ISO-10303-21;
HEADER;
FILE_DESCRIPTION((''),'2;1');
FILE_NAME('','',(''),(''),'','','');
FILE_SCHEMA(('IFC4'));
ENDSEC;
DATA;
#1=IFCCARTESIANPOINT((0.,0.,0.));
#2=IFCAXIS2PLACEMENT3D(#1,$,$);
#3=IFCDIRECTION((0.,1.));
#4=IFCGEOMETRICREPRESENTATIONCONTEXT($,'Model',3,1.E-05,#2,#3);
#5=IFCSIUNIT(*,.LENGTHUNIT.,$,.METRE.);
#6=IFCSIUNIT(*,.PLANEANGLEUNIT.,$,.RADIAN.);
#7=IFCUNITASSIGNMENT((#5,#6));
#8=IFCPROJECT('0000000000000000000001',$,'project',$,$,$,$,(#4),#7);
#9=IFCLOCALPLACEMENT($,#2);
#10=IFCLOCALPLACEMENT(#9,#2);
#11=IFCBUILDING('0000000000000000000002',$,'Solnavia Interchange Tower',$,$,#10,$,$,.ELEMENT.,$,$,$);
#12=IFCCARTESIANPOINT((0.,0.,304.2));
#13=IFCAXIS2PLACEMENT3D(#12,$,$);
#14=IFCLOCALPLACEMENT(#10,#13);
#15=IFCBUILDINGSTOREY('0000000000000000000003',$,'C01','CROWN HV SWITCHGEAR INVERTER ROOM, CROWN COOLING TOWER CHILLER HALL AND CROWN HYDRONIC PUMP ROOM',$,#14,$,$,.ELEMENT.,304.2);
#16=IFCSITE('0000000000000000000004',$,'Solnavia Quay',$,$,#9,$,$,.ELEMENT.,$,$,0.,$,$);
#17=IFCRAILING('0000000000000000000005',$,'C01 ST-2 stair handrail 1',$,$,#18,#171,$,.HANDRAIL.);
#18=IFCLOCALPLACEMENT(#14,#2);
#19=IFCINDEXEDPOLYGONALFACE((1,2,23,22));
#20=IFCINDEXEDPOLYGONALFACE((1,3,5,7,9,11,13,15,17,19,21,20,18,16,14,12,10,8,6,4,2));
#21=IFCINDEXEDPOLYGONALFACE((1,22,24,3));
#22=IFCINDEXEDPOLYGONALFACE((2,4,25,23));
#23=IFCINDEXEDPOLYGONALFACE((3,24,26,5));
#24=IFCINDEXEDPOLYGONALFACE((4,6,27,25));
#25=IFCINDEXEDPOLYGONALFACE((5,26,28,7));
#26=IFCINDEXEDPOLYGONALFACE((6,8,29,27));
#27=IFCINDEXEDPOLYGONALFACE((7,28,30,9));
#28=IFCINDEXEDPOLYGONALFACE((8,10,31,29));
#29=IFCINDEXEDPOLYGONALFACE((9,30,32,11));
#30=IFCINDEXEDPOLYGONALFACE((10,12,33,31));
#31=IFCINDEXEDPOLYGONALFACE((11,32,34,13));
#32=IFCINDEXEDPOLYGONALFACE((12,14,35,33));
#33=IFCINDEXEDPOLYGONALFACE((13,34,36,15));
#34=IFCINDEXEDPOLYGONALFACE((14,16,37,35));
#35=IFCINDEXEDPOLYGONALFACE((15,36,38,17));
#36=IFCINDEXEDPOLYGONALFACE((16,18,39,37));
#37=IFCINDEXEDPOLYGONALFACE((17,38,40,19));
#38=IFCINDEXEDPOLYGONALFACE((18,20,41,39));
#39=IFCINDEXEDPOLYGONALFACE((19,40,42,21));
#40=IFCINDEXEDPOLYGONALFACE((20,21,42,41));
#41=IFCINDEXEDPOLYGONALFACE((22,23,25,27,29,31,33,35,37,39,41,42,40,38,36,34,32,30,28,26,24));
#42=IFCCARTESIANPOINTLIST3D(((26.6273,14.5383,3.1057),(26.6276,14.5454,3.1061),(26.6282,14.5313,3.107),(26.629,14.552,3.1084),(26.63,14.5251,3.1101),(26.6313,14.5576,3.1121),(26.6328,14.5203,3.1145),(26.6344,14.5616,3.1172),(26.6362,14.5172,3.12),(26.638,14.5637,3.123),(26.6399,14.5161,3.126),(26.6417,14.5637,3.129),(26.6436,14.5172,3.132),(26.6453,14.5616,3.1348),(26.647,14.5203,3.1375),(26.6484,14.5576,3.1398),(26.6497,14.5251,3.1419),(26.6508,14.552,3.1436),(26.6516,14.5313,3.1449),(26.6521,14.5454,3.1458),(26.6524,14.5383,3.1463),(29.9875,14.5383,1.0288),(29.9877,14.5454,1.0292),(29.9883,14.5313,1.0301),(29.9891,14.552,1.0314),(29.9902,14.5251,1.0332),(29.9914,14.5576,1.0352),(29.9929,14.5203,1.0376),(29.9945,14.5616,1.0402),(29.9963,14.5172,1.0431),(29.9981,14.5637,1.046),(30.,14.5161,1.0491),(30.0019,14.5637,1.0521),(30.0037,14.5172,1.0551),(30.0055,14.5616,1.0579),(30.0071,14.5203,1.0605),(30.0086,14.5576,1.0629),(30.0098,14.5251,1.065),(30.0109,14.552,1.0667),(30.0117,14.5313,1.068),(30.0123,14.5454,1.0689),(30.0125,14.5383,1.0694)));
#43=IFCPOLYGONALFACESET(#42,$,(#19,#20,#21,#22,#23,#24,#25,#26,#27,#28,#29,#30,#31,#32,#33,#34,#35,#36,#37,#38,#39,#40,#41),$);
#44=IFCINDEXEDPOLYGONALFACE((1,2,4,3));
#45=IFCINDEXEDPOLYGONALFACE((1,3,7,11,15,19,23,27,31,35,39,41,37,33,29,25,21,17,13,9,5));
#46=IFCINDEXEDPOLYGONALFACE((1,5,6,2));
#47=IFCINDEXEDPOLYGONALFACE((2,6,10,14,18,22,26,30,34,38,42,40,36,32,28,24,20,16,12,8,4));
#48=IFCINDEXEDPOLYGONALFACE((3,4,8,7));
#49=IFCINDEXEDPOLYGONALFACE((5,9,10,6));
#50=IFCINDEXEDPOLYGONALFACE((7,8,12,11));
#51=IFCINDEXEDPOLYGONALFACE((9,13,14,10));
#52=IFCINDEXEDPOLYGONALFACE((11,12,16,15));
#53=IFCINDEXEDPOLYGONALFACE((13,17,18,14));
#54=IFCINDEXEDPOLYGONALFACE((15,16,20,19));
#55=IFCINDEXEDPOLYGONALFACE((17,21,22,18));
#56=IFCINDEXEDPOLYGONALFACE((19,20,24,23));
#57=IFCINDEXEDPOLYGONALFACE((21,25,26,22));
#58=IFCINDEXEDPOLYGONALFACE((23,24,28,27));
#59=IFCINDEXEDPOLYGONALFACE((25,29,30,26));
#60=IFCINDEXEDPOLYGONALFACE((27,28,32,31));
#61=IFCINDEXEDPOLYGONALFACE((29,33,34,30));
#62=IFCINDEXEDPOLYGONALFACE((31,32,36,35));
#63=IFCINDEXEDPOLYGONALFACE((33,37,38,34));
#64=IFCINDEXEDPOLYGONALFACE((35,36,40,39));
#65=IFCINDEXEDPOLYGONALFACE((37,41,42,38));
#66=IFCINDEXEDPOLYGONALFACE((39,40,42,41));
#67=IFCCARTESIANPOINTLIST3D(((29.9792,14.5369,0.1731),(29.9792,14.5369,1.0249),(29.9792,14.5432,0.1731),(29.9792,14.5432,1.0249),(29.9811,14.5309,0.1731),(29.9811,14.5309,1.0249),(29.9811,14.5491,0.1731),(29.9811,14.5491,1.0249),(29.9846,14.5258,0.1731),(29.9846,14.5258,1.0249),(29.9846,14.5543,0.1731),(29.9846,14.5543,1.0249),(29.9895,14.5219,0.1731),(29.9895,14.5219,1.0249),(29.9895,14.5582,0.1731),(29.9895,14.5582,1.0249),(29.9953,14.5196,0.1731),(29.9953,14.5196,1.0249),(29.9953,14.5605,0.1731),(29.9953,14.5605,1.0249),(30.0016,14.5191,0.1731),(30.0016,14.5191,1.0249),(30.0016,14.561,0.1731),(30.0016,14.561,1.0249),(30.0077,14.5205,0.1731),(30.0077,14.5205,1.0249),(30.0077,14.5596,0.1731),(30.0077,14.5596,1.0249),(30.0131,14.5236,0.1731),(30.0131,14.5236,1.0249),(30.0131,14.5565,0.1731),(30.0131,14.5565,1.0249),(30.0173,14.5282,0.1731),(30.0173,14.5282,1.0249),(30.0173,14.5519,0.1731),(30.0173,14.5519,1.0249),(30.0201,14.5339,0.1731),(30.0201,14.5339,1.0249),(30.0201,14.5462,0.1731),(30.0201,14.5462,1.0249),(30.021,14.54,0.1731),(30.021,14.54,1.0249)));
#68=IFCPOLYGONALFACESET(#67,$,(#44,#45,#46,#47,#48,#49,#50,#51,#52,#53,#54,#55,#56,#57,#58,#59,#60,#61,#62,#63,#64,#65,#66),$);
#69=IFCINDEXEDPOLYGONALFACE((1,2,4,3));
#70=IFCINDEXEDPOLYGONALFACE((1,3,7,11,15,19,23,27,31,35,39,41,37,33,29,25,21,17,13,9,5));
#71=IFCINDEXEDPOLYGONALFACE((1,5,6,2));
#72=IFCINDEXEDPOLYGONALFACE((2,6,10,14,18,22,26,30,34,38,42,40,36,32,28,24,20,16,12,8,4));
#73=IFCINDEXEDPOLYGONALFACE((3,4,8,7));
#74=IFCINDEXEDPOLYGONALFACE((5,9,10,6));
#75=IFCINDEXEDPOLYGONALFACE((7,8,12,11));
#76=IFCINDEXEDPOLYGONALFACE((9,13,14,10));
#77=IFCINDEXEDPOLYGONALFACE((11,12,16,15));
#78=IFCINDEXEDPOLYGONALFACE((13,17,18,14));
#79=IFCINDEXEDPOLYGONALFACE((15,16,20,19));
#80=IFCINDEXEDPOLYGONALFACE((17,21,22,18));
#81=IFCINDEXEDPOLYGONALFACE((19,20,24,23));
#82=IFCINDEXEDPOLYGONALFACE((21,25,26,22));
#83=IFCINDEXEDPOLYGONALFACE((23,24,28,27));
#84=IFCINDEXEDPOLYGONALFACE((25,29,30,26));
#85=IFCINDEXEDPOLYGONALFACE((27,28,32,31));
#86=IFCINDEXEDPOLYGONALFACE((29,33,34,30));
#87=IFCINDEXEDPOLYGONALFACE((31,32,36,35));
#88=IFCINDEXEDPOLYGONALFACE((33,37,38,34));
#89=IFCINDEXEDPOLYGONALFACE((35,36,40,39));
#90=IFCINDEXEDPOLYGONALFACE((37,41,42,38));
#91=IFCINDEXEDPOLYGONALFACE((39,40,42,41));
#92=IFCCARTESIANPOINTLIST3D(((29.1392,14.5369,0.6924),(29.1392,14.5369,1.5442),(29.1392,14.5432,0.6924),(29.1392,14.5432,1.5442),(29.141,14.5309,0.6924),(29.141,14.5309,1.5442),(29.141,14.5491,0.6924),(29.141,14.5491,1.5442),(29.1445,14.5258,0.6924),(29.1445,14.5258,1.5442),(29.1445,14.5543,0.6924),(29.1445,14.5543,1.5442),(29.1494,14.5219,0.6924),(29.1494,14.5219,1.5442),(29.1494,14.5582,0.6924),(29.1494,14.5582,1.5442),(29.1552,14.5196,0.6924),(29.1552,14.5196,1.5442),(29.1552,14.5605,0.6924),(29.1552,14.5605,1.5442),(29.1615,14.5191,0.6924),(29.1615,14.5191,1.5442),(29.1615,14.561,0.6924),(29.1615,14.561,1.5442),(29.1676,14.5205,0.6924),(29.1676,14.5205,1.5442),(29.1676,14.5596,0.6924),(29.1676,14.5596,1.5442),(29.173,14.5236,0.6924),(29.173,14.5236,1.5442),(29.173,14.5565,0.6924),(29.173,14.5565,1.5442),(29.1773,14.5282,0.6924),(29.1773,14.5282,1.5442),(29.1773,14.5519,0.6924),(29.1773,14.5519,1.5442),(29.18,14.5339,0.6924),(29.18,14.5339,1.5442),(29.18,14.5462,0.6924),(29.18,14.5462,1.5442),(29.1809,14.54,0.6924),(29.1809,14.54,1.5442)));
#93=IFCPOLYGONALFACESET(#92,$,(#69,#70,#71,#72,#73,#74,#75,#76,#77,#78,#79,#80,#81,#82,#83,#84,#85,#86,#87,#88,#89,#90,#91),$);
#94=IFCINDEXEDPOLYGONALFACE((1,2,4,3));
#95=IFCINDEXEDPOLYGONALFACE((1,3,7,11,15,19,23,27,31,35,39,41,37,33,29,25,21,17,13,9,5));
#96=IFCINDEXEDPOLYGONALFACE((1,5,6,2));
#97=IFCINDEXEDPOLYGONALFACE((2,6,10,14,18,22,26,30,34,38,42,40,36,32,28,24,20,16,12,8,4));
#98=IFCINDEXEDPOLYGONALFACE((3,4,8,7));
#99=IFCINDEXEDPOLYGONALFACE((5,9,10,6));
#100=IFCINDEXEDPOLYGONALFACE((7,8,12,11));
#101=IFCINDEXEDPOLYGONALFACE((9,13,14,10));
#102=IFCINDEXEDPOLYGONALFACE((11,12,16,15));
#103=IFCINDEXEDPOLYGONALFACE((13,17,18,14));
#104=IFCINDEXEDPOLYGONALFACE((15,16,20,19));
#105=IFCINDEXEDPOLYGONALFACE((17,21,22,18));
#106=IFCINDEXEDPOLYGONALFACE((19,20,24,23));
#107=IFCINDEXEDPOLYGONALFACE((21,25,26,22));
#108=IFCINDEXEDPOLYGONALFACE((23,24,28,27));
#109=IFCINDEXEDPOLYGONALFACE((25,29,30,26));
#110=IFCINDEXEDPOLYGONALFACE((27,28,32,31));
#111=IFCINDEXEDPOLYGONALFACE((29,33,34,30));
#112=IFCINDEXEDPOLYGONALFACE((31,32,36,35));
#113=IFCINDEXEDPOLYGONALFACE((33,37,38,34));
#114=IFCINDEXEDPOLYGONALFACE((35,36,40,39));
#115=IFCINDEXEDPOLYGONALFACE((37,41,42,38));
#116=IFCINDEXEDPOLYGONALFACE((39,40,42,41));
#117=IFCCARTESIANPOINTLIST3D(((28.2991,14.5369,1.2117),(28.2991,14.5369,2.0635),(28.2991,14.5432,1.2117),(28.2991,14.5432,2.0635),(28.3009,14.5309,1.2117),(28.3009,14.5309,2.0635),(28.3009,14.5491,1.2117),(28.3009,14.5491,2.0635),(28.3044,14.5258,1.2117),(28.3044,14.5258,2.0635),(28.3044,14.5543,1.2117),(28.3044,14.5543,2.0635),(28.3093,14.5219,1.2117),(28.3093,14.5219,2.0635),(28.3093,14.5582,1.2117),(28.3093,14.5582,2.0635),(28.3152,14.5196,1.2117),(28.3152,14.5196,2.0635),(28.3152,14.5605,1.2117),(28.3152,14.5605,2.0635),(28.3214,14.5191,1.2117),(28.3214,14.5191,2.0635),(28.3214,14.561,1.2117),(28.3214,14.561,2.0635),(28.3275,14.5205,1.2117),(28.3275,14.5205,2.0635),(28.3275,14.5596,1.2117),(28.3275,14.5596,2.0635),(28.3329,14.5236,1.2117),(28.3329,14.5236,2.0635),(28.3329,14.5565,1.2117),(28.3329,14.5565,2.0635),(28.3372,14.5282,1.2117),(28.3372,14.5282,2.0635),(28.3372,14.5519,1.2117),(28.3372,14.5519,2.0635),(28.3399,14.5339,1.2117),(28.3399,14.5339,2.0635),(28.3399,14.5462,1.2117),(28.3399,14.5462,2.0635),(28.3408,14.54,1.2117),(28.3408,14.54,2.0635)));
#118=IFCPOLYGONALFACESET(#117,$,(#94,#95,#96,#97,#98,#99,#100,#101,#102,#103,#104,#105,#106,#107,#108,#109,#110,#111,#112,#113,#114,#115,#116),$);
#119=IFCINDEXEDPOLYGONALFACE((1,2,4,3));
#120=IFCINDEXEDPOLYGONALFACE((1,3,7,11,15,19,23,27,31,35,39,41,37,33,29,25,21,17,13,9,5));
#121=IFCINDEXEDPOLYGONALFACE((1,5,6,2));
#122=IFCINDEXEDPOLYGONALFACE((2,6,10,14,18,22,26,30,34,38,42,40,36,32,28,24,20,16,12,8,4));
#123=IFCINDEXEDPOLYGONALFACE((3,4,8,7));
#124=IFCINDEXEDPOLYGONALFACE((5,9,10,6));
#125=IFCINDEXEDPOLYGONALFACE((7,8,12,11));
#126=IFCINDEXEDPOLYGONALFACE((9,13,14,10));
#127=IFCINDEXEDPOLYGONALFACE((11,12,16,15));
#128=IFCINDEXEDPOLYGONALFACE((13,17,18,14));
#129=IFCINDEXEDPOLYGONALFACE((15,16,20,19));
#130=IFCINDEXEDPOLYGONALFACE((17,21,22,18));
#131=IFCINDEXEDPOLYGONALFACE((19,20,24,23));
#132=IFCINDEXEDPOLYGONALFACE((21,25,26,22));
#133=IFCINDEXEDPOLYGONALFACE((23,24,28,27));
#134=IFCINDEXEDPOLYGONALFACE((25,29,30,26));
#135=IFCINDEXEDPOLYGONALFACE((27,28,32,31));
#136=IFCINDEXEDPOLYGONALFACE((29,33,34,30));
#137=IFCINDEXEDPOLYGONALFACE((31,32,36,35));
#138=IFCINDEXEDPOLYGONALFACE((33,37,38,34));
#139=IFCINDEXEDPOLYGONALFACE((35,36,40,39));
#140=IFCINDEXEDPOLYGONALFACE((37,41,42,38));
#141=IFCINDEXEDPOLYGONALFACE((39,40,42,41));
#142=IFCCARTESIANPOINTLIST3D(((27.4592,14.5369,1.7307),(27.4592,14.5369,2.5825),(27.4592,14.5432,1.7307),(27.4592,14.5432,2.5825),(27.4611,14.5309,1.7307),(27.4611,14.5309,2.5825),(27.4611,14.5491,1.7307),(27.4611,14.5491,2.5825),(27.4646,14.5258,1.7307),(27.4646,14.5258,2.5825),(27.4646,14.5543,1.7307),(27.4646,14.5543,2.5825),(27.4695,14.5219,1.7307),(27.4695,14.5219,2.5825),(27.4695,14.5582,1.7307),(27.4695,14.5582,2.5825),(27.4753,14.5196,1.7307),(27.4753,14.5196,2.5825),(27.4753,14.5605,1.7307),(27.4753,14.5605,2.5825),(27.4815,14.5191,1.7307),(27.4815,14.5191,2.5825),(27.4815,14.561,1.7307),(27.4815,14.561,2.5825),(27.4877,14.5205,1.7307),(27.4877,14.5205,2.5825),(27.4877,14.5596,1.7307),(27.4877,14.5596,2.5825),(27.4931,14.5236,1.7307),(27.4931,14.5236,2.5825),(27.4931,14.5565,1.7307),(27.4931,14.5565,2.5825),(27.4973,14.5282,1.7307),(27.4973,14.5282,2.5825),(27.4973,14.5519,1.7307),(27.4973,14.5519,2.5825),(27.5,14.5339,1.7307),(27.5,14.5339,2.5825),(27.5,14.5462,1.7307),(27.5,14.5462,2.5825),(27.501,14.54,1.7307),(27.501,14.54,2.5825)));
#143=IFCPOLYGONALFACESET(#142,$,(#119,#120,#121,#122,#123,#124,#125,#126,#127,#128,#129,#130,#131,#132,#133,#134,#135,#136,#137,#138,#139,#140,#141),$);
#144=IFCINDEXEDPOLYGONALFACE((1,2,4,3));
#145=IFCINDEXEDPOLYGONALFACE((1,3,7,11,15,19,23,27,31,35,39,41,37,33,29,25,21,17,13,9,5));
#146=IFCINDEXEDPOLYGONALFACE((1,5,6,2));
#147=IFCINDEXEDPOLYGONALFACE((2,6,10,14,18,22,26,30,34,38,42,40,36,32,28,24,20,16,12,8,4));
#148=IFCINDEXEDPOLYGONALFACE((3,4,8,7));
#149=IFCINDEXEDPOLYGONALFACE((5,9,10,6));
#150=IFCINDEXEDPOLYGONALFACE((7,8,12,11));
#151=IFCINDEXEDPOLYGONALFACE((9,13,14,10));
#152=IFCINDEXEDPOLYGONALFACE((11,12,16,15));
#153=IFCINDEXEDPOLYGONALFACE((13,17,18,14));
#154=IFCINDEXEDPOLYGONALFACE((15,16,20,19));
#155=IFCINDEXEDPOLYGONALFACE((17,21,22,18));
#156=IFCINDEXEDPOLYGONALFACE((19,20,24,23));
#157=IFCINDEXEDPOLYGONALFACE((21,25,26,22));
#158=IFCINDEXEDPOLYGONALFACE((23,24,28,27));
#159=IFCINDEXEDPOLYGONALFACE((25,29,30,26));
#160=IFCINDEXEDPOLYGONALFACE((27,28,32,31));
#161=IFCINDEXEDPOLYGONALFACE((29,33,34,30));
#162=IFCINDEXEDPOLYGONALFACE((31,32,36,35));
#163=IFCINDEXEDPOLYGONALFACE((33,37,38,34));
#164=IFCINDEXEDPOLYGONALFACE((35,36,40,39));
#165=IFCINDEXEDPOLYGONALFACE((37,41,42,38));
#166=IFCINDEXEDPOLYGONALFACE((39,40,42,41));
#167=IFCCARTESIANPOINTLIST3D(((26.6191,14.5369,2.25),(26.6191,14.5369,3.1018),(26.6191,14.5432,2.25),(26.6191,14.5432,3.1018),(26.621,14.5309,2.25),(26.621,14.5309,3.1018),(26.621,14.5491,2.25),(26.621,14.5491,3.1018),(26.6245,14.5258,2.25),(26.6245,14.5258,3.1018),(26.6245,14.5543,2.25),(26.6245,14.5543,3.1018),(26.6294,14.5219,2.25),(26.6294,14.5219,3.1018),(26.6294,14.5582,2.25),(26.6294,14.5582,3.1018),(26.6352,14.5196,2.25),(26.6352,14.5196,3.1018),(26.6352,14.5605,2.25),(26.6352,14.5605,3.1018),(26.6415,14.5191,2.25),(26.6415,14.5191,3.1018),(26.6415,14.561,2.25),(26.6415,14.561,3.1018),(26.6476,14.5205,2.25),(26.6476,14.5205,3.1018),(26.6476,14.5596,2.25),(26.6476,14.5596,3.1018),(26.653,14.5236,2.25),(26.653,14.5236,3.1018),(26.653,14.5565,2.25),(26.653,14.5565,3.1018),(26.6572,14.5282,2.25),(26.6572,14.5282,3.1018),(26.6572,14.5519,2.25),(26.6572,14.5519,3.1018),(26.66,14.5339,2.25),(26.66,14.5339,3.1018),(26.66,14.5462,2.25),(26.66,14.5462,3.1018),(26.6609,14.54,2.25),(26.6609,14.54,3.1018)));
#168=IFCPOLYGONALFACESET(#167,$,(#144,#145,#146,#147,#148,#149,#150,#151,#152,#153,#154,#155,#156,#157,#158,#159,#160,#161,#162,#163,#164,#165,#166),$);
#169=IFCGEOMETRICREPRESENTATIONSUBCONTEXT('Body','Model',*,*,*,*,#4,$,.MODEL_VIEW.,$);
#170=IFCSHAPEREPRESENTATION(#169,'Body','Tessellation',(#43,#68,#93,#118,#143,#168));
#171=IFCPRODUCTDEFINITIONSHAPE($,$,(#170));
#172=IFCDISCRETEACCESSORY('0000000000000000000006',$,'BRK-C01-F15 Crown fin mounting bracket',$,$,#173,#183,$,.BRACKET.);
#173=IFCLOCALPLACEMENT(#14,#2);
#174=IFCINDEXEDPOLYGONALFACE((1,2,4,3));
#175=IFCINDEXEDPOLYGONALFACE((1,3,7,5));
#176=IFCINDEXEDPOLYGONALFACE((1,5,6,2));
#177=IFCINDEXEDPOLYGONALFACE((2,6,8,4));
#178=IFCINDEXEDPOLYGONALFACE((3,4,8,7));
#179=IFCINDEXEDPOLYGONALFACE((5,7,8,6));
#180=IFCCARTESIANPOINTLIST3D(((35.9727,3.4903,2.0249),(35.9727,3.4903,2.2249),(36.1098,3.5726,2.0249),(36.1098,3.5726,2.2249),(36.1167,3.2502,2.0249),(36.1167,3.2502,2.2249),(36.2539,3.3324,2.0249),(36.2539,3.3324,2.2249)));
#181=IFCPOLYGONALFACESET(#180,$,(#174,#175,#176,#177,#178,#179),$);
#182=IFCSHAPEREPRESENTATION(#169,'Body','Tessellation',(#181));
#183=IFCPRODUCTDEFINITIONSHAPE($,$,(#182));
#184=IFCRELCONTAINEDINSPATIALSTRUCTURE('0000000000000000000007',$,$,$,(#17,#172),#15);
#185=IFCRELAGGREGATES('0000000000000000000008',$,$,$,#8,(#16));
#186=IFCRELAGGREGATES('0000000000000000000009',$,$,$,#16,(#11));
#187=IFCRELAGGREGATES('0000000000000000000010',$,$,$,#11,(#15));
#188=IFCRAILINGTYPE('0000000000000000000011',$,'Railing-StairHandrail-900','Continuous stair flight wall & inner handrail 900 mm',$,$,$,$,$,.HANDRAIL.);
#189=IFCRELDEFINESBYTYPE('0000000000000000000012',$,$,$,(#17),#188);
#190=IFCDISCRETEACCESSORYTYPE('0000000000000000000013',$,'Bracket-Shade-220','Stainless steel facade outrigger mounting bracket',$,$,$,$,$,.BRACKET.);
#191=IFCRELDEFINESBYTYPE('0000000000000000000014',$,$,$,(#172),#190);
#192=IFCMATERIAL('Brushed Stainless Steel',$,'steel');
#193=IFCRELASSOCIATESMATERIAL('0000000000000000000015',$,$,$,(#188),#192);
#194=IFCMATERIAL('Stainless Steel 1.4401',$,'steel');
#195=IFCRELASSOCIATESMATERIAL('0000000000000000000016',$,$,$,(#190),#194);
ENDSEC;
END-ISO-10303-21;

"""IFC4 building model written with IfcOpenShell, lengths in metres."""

from ifc_helpers import new_model, si_unit, direction, frame, origin, origin_2d, place, context, subcontext, project, spatial, rectangle, circle, extrude, material, type_object, element, save


model = new_model("IFC4")

# Units and contexts
model_context = context("Model", 3, precision=1e-05, world=origin(), true_north=direction((0.0, 1.0)))
body_context = subcontext(model_context, "Body", "Model", "MODEL_VIEW")
ifc_project = project(units=[si_unit("LENGTHUNIT", "METRE"), si_unit("PLANEANGLEUNIT", "RADIAN")], contexts=[model_context])

# Site, building, storey
site_placement = place(None, origin())
site = spatial("IfcSite", under=ifc_project, at=site_placement, Name="Solnavia Quay", CompositionType="ELEMENT", RefElevation=0.0)
building_placement = place(site_placement, origin())
building = spatial("IfcBuilding", under=site, at=building_placement, Name="Solnavia Interchange Tower", CompositionType="ELEMENT")
storey_placement = place(building_placement, frame((0.0, 0.0, 304.2)))
storey = spatial("IfcBuildingStorey", under=building, at=storey_placement, Name="C01", Description="CROWN HV SWITCHGEAR INVERTER ROOM, CROWN COOLING TOWER CHILLER HALL AND CROWN HYDRONIC PUMP ROOM", CompositionType="ELEMENT", Elevation=304.2)

# Railing
ifc_material_1 = material(Name="Brushed Stainless Steel", Category="steel")
railing_type_1 = type_object("IfcRailingType", Name="Railing-StairHandrail-900", Description="Continuous stair flight wall & inner handrail 900 mm", PredefinedType="HANDRAIL", material=ifc_material_1)
railing_1_placement = place(storey_placement, frame((30.0, 14.54, 0.1731)))
element("IfcRailing", 1, at=railing_1_placement, inside=storey, type_object=railing_type_1, Name="C01 ST-2 stair handrail 1", PredefinedType="HANDRAIL", context=body_context, shape_type="SweptSolid", body=[
    extrude(circle(Radius=0.0239, at=origin_2d()), frame((0.0, 0.0, 0.876), z_axis=(-0.850623, 0.0, 0.525776), x_axis=(0.0, -1.0, 0.0)), (0.0, 0.0, 1.0), 3.9502),
    extrude(circle(Radius=0.021, at=origin_2d()), origin(), (0.0, 0.0, 1.0), 0.8518),
    extrude(circle(Radius=0.021, at=origin_2d()), frame((-0.8401, 0.0, 0.5193)), (0.0, 0.0, 1.0), 0.8518),
    extrude(circle(Radius=0.021, at=origin_2d()), frame((-1.6802, 0.0, 1.0386)), (0.0, 0.0, 1.0), 0.8518),
    extrude(circle(Radius=0.021, at=origin_2d()), frame((-2.52, 0.0, 1.5576)), (0.0, 0.0, 1.0), 0.8518),
    extrude(circle(Radius=0.021, at=origin_2d()), frame((-3.3601, 0.0, 2.0769)), (0.0, 0.0, 1.0), 0.8518),
])

# Discrete accessory
ifc_material_2 = material(Name="Stainless Steel 1.4401", Category="steel")
discrete_accessory_type = type_object("IfcDiscreteAccessoryType", Name="Bracket-Shade-220", Description="Stainless steel facade outrigger mounting bracket", PredefinedType="BRACKET", material=ifc_material_2)
discrete_accessory_placement = place(storey_placement, frame((36.1133, 3.4114, 2.0249), z_axis=(0.0, 0.0, 1.0), x_axis=(0.51444, -0.857527, 0.0)))
element("IfcDiscreteAccessory", 2, at=discrete_accessory_placement, inside=storey, type_object=discrete_accessory_type, Name="BRK-C01-F15 Crown fin mounting bracket", PredefinedType="BRACKET", context=body_context, shape_type="SweptSolid", body=[
    extrude(rectangle(XDim=0.28, YDim=0.1599, at=origin_2d()), origin(), (0.0, 0.0, 1.0), 0.2),
])

save(model, "model.ifc")
